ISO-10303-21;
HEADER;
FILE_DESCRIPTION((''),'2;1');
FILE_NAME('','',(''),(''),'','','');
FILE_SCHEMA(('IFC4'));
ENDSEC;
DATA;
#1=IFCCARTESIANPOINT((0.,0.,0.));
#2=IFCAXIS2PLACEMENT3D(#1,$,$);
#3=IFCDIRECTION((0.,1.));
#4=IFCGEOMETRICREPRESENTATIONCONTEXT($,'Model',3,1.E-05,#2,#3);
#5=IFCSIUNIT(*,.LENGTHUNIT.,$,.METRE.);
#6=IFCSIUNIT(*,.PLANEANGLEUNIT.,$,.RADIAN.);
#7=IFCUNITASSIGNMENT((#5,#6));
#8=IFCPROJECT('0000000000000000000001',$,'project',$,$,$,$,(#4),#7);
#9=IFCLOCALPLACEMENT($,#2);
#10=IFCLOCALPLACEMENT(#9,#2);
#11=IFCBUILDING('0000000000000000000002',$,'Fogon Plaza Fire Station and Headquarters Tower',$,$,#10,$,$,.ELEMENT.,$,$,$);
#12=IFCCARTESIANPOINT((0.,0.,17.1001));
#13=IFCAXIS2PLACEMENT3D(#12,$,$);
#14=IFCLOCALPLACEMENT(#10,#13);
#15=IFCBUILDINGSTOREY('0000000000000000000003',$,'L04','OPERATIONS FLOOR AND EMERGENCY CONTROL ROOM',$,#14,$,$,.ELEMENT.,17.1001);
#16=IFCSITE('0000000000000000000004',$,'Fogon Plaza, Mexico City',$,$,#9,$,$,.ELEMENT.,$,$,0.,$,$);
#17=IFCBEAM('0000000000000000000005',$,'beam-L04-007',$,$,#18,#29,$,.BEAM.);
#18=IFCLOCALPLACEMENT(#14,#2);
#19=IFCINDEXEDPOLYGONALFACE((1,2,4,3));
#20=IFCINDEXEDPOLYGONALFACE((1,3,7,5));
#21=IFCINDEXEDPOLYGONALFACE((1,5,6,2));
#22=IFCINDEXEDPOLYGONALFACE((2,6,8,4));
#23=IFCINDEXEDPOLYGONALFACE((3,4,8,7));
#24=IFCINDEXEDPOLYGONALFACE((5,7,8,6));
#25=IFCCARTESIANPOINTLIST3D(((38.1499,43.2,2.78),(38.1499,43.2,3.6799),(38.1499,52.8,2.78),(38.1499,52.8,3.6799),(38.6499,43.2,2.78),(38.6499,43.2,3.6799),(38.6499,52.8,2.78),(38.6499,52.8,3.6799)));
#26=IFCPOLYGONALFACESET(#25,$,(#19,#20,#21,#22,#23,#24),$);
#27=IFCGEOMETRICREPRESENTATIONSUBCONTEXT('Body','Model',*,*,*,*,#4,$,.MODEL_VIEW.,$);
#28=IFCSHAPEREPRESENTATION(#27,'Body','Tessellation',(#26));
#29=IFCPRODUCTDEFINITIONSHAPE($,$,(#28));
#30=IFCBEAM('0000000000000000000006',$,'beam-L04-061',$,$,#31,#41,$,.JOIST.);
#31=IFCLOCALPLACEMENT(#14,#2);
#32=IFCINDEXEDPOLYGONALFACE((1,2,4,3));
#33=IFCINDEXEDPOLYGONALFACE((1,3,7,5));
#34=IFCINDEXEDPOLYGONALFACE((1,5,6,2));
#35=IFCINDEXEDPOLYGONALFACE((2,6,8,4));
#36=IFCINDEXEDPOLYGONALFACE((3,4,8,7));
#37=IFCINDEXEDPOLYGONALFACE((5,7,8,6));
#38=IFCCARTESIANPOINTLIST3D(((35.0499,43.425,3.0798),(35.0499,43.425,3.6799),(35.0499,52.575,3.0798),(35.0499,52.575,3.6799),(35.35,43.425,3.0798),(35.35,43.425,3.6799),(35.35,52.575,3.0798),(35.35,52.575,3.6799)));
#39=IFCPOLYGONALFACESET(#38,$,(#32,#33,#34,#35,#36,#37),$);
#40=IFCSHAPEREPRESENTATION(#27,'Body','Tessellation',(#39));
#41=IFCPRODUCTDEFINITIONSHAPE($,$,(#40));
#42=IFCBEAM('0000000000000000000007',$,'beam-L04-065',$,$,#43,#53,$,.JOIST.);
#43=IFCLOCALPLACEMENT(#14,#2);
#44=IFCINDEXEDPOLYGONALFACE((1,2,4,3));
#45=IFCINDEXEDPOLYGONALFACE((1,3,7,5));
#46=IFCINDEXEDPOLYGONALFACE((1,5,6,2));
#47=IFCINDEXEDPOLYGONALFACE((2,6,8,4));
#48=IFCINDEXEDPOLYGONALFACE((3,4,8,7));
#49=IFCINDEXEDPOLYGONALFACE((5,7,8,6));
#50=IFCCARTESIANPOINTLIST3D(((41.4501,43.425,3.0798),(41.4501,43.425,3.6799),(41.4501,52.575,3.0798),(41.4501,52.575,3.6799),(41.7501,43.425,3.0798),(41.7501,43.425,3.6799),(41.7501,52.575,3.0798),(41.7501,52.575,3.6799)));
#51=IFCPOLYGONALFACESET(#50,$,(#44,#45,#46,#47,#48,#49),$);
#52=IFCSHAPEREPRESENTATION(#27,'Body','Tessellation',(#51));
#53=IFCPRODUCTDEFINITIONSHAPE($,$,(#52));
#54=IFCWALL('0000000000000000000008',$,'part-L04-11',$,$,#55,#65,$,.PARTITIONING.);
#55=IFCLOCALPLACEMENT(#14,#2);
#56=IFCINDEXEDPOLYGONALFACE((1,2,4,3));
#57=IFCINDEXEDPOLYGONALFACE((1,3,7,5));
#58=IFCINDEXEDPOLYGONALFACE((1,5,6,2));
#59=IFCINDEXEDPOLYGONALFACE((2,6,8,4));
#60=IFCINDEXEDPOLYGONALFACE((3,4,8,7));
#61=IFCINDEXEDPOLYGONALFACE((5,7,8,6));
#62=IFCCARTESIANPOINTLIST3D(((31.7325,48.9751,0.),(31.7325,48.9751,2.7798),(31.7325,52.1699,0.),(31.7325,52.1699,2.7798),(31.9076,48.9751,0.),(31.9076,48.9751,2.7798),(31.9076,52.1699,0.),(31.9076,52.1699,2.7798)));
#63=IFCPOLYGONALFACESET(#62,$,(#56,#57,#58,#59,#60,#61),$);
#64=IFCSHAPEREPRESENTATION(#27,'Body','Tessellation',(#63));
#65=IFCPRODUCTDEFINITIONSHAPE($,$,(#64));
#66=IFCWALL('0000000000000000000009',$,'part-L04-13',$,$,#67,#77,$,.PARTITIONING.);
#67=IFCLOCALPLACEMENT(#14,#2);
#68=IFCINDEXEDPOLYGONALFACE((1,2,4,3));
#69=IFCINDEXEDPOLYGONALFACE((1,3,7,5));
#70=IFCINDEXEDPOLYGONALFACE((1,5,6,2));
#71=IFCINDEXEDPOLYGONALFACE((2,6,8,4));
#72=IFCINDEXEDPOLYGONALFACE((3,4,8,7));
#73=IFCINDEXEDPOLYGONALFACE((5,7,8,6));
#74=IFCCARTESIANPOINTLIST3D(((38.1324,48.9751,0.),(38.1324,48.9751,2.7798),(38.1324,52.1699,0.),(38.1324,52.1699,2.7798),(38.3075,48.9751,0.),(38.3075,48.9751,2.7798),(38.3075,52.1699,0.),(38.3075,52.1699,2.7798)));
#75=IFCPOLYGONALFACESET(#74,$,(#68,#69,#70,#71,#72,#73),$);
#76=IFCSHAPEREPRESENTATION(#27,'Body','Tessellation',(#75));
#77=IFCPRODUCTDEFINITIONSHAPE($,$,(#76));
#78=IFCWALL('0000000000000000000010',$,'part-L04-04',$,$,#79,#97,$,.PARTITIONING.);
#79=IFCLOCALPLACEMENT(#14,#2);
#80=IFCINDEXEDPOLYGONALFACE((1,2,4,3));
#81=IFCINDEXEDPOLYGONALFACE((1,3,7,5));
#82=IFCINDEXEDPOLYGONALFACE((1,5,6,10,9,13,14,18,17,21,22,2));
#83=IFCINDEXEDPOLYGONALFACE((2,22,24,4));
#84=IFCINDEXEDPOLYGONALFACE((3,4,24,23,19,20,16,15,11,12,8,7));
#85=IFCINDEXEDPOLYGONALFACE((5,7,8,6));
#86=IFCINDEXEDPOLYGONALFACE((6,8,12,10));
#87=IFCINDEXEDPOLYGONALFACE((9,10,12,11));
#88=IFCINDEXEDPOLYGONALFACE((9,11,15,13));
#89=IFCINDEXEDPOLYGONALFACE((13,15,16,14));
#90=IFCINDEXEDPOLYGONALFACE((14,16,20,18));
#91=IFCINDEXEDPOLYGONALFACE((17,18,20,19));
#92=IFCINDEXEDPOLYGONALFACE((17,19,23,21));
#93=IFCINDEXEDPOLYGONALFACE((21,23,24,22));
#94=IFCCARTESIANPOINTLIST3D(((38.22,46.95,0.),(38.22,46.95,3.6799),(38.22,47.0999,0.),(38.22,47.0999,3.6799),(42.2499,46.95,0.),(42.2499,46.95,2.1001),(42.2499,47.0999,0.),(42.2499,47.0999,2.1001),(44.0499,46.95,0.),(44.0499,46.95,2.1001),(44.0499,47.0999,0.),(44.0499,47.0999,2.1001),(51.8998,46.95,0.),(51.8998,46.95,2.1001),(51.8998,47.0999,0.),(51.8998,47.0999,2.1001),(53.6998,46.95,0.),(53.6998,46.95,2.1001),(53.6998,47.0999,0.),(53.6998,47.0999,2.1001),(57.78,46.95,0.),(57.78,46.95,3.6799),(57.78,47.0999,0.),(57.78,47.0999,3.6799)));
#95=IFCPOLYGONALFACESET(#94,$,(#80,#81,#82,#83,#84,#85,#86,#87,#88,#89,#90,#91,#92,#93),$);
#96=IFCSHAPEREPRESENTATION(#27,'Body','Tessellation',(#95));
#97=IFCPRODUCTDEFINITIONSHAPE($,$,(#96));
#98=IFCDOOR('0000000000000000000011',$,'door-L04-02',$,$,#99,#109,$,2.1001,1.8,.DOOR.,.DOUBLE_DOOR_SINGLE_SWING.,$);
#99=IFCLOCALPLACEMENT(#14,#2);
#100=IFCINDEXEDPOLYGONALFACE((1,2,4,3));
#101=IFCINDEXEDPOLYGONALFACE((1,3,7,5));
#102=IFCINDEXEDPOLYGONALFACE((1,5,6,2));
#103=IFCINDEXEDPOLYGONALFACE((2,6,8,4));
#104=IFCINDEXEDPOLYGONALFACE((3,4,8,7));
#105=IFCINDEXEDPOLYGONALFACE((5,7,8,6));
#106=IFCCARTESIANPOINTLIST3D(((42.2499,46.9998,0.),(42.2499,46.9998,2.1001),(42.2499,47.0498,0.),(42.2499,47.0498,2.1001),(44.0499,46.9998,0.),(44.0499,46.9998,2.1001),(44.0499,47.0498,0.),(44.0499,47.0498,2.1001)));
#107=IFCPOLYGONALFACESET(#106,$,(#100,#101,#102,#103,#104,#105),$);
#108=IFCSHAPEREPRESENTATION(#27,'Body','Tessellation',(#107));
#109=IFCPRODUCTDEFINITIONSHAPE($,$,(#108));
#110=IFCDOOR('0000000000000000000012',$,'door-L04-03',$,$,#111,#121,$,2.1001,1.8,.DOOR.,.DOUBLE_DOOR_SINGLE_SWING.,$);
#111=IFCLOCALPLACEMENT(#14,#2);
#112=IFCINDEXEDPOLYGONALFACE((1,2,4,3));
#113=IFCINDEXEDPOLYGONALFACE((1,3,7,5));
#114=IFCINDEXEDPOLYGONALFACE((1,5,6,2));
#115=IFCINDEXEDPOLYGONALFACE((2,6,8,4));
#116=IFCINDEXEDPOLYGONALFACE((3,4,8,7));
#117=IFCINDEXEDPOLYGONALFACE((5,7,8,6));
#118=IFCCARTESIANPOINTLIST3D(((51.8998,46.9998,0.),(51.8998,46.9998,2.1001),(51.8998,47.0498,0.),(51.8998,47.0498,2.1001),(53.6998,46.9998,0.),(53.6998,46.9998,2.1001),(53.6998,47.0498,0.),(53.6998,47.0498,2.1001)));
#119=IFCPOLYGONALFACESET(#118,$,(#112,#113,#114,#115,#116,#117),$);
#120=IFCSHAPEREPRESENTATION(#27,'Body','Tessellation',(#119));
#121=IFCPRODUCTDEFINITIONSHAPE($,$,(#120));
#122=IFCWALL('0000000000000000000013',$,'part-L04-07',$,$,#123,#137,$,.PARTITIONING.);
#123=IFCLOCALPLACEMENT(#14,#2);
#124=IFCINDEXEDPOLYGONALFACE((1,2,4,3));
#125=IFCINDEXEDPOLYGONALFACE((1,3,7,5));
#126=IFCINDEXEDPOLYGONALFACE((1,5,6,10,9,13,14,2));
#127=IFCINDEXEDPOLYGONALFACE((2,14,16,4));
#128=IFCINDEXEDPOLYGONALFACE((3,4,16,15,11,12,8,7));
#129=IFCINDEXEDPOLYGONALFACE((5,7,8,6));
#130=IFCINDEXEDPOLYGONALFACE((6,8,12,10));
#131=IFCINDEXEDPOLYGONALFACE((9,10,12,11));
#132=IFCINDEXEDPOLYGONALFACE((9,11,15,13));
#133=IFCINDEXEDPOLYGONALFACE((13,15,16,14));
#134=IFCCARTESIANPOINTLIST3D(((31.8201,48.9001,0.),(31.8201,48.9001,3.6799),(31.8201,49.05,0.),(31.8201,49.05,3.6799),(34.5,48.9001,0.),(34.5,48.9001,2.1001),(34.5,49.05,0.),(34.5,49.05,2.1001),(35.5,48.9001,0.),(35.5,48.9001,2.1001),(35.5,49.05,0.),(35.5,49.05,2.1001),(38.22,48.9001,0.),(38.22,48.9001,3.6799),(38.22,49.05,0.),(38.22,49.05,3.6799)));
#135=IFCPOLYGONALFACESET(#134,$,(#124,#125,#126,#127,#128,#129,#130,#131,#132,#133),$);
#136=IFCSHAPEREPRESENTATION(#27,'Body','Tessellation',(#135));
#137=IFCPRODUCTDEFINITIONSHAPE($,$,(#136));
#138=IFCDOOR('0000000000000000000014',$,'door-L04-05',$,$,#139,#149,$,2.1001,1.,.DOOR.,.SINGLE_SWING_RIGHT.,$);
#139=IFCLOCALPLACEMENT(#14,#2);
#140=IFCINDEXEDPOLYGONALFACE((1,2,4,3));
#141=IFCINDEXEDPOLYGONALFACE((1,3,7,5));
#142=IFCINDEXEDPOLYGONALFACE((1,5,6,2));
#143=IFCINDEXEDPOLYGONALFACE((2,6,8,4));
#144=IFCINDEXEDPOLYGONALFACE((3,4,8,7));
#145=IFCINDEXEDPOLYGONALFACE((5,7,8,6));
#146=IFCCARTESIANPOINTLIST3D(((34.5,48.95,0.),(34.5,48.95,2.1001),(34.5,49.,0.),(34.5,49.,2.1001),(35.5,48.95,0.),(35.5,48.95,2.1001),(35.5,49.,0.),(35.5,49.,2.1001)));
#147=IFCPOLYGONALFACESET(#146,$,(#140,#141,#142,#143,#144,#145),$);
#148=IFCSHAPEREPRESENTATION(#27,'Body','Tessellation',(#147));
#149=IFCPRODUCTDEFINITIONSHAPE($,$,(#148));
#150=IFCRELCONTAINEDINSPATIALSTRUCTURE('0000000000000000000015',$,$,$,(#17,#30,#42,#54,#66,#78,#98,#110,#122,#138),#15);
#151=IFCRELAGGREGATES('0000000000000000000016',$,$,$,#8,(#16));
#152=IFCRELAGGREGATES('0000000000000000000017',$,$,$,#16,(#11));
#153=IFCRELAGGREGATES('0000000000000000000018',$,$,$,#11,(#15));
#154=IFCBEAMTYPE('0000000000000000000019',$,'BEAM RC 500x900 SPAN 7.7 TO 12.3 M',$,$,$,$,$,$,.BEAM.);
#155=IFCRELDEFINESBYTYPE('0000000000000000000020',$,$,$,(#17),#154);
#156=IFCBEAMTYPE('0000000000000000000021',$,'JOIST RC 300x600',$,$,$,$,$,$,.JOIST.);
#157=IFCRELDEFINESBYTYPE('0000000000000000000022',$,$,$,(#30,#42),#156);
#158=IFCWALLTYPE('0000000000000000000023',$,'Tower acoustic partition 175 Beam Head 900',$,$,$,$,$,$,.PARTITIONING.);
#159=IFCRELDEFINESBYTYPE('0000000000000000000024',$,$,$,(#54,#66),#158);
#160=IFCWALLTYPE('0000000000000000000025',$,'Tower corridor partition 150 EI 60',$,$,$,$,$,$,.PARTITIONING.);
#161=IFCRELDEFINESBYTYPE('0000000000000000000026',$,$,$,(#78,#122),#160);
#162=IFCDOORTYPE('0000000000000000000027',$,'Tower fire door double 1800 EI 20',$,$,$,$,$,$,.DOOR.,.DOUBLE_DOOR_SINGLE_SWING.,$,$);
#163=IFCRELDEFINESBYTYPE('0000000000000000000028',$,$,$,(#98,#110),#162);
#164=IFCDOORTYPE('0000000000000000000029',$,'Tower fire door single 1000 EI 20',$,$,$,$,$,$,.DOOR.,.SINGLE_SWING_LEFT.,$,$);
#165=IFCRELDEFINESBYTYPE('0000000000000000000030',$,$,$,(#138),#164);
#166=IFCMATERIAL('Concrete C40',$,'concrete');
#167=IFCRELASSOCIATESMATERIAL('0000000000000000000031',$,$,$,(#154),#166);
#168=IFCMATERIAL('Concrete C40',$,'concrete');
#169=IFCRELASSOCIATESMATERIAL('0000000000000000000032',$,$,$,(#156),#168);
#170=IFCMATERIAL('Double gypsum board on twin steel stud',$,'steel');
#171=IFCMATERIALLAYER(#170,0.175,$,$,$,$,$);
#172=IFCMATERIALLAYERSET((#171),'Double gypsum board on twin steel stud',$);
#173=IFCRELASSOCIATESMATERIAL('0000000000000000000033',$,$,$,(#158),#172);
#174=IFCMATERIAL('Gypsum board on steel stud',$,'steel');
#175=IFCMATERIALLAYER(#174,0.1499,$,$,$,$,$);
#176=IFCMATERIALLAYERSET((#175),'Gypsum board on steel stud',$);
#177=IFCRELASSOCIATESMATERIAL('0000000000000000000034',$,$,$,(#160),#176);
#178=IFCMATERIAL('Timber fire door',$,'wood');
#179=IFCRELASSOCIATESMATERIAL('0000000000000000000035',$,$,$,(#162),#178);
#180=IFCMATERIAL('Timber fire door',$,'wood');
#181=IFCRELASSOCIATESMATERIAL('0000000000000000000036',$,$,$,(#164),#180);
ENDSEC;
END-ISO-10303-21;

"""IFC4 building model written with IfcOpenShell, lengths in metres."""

from ifc_helpers import new_model, si_unit, direction, frame, frame_2d, origin, origin_2d, place, context, subcontext, project, spatial, rectangle, extrude, material, layer, layer_set, material_profile, profile_set, type_object, element, fill, save


model = new_model("IFC4")

# Units and contexts
model_context = context("Model", 3, precision=1e-05, world=origin(), true_north=direction((0.0, 1.0)))
body_context = subcontext(model_context, "Body", "Model", "MODEL_VIEW")
ifc_project = project(units=[si_unit("LENGTHUNIT", "METRE"), si_unit("PLANEANGLEUNIT", "RADIAN")], contexts=[model_context])

# Site, building, storey
site_placement = place(None, origin())
site = spatial("IfcSite", under=ifc_project, at=site_placement, Name="Fogon Plaza, Mexico City", CompositionType="ELEMENT", RefElevation=0.0)
building_placement = place(site_placement, origin())
building = spatial("IfcBuilding", under=site, at=building_placement, Name="Fogon Plaza Fire Station and Headquarters Tower", CompositionType="ELEMENT")
storey_placement = place(building_placement, frame((0.0, 0.0, 17.1001)))
storey = spatial("IfcBuildingStorey", under=building, at=storey_placement, Name="L04", Description="OPERATIONS FLOOR AND EMERGENCY CONTROL ROOM", CompositionType="ELEMENT", Elevation=17.1001)

# Beams
ifc_material_1 = material(Name="Concrete C40", Category="concrete")
ifc_material_profile_1 = material_profile(ifc_material_1, rectangle(XDim=0.5, YDim=0.8999, at=origin_2d()), Name="RC 500x900")
ifc_profile_set_1 = profile_set([ifc_material_profile_1], Name="Concrete C40")
beam_type_1 = type_object("IfcBeamType", Name="BEAM RC 500x900 SPAN 7.7 TO 12.3 M", PredefinedType="BEAM", material=ifc_profile_set_1)
for number, where, z_axis, x_axis, name in (
    (1, (38.3999, 43.2, 3.23), (0.0, 1.0, 0.0), (-1.0, 0.0, 0.0), "beam-L04-007"),
):
    element("IfcBeam", number, at=place(storey_placement, frame(where, z_axis=z_axis, x_axis=x_axis)), inside=storey, type_object=beam_type_1, Name=name, PredefinedType="BEAM", context=body_context, shape_type="SweptSolid", body=[
        extrude(rectangle(XDim=0.5, YDim=0.8999, at=origin_2d()), origin(), (0.0, 0.0, 1.0), 9.6001),
    ])
ifc_material_2 = material(Name="Concrete C40", Category="concrete")
ifc_material_profile_2 = material_profile(ifc_material_2, rectangle(XDim=0.3, YDim=0.6001, at=origin_2d()), Name="RC 300x600")
ifc_profile_set_2 = profile_set([ifc_material_profile_2], Name="Concrete C40")
beam_type_2 = type_object("IfcBeamType", Name="JOIST RC 300x600", PredefinedType="JOIST", material=ifc_profile_set_2)
for number, where, z_axis, x_axis, name in (
    (2, (35.2, 43.425, 3.3799), (0.0, 1.0, 0.0), (-1.0, 0.0, 0.0), "beam-L04-061"),
    (3, (41.6001, 43.425, 3.3799), (0.0, 1.0, 0.0), (-1.0, 0.0, 0.0), "beam-L04-065"),
):
    element("IfcBeam", number, at=place(storey_placement, frame(where, z_axis=z_axis, x_axis=x_axis)), inside=storey, type_object=beam_type_2, Name=name, PredefinedType="JOIST", context=body_context, shape_type="SweptSolid", body=[
        extrude(rectangle(XDim=0.3, YDim=0.6001, at=origin_2d()), origin(), (0.0, 0.0, 1.0), 9.1499),
    ])

# Walls
ifc_material_3 = material(Name="Double gypsum board on twin steel stud", Category="steel")
ifc_layer_1 = layer(ifc_material_3, 0.175)
ifc_layer_set_1 = layer_set([ifc_layer_1], Name="Double gypsum board on twin steel stud")
wall_type_1 = type_object("IfcWallType", Name="Tower acoustic partition 175 Beam Head 900", PredefinedType="PARTITIONING", material=ifc_layer_set_1)
for number, where, z_axis, x_axis, name in (
    (4, (31.8201, 48.9751, 0.0), (0.0, 0.0, 1.0), (0.0, 1.0, 0.0), "part-L04-11"),
    (5, (38.22, 48.9751, 0.0), (0.0, 0.0, 1.0), (0.0, 1.0, 0.0), "part-L04-13"),
):
    element("IfcWall", number, at=place(storey_placement, frame(where, z_axis=z_axis, x_axis=x_axis)), inside=storey, type_object=wall_type_1, Name=name, PredefinedType="PARTITIONING", context=body_context, shape_type="SweptSolid", body=[
        extrude(rectangle(XDim=3.1948, YDim=0.175, at=frame_2d((1.5974, 0.0))), origin(), (0.0, 0.0, 1.0), 2.7798),
    ])

# Wall, openings, doors
ifc_material_4 = material(Name="Gypsum board on steel stud", Category="steel")
ifc_layer_2 = layer(ifc_material_4, 0.1499)
ifc_layer_set_2 = layer_set([ifc_layer_2], Name="Gypsum board on steel stud")
wall_type_2 = type_object("IfcWallType", Name="Tower corridor partition 150 EI 60", PredefinedType="PARTITIONING", material=ifc_layer_set_2)
wall_1_placement = place(storey_placement, frame((38.22, 47.0249, 0.0), z_axis=(0.0, 0.0, 1.0), x_axis=(1.0, 0.0, 0.0)))
wall_1 = element("IfcWall", 6, at=wall_1_placement, inside=storey, type_object=wall_type_2, Name="part-L04-04", PredefinedType="PARTITIONING", context=body_context, shape_type="SweptSolid", body=[
    extrude(rectangle(XDim=19.5601, YDim=0.1499, at=frame_2d((9.78, 0.0))), origin(), (0.0, 0.0, 1.0), 3.6799),
])
opening_1_placement = place(wall_1_placement, frame((4.03, 0.0, 0.0)))
opening_1 = element("IfcOpeningElement", 7, at=opening_1_placement, cuts=wall_1, PredefinedType="OPENING", context=body_context, shape_type="SweptSolid", body=[
    extrude(rectangle(XDim=1.8, YDim=2.1001, at=frame_2d((0.8999, 1.05))), frame((0.0, 0.085, 0.0), z_axis=(0.0, -1.0, 0.0), x_axis=(1.0, 0.0, 0.0)), (0.0, 0.0, 1.0), 0.1699),
])
opening_2_placement = place(wall_1_placement, frame((13.6799, 0.0, 0.0)))
opening_2 = element("IfcOpeningElement", 8, at=opening_2_placement, cuts=wall_1, PredefinedType="OPENING", context=body_context, shape_type="SweptSolid", body=[
    extrude(rectangle(XDim=1.8, YDim=2.1001, at=frame_2d((0.8999, 1.05))), frame((0.0, 0.085, 0.0), z_axis=(0.0, -1.0, 0.0), x_axis=(1.0, 0.0, 0.0)), (0.0, 0.0, 1.0), 0.1699),
])
ifc_material_5 = material(Name="Timber fire door", Category="wood")
door_type_1 = type_object("IfcDoorType", Name="Tower fire door double 1800 EI 20", OperationType="DOUBLE_DOOR_SINGLE_SWING", PredefinedType="DOOR", material=ifc_material_5)
door_1_placement = place(opening_1_placement, origin())
door_1 = element("IfcDoor", 9, at=door_1_placement, inside=storey, type_object=door_type_1, Name="door-L04-02", OperationType="DOUBLE_DOOR_SINGLE_SWING", OverallHeight=2.1001, OverallWidth=1.8, PredefinedType="DOOR", context=body_context, shape_type="SweptSolid", body=[
    extrude(rectangle(XDim=1.8, YDim=2.1001, at=frame_2d((0.8999, 1.05))), frame((0.0, 0.0249, 0.0), z_axis=(0.0, -1.0, 0.0), x_axis=(1.0, 0.0, 0.0)), (0.0, 0.0, 1.0), 0.05),
])
fill(opening_1, door_1)
door_2_placement = place(opening_2_placement, origin())
door_2 = element("IfcDoor", 10, at=door_2_placement, inside=storey, type_object=door_type_1, Name="door-L04-03", OperationType="DOUBLE_DOOR_SINGLE_SWING", OverallHeight=2.1001, OverallWidth=1.8, PredefinedType="DOOR", context=body_context, shape_type="SweptSolid", body=[
    extrude(rectangle(XDim=1.8, YDim=2.1001, at=frame_2d((0.8999, 1.05))), frame((0.0, 0.0249, 0.0), z_axis=(0.0, -1.0, 0.0), x_axis=(1.0, 0.0, 0.0)), (0.0, 0.0, 1.0), 0.05),
])
fill(opening_2, door_2)

# Wall, opening, door
wall_2_placement = place(storey_placement, frame((31.8201, 48.9751, 0.0), z_axis=(0.0, 0.0, 1.0), x_axis=(1.0, 0.0, 0.0)))
wall_2 = element("IfcWall", 11, at=wall_2_placement, inside=storey, type_object=wall_type_2, Name="part-L04-07", PredefinedType="PARTITIONING", context=body_context, shape_type="SweptSolid", body=[
    extrude(rectangle(XDim=6.3999, YDim=0.1499, at=frame_2d((3.2, 0.0))), origin(), (0.0, 0.0, 1.0), 3.6799),
])
opening_3_placement = place(wall_2_placement, frame((2.6799, 0.0, 0.0)))
opening_3 = element("IfcOpeningElement", 12, at=opening_3_placement, cuts=wall_2, PredefinedType="OPENING", context=body_context, shape_type="SweptSolid", body=[
    extrude(rectangle(XDim=1.0, YDim=2.1001, at=frame_2d((0.5, 1.05))), frame((0.0, 0.085, 0.0), z_axis=(0.0, -1.0, 0.0), x_axis=(1.0, 0.0, 0.0)), (0.0, 0.0, 1.0), 0.1699),
])
ifc_material_6 = material(Name="Timber fire door", Category="wood")
door_type_2 = type_object("IfcDoorType", Name="Tower fire door single 1000 EI 20", OperationType="SINGLE_SWING_LEFT", PredefinedType="DOOR", material=ifc_material_6)
door_3_placement = place(opening_3_placement, origin())
door_3 = element("IfcDoor", 13, at=door_3_placement, inside=storey, type_object=door_type_2, Name="door-L04-05", OperationType="SINGLE_SWING_RIGHT", OverallHeight=2.1001, OverallWidth=1.0, PredefinedType="DOOR", context=body_context, shape_type="SweptSolid", body=[
    extrude(rectangle(XDim=1.0, YDim=2.1001, at=frame_2d((0.5, 1.05))), frame((0.0, 0.0249, 0.0), z_axis=(0.0, -1.0, 0.0), x_axis=(1.0, 0.0, 0.0)), (0.0, 0.0, 1.0), 0.05),
])
fill(opening_3, door_3)

save(model, "model.ifc")
